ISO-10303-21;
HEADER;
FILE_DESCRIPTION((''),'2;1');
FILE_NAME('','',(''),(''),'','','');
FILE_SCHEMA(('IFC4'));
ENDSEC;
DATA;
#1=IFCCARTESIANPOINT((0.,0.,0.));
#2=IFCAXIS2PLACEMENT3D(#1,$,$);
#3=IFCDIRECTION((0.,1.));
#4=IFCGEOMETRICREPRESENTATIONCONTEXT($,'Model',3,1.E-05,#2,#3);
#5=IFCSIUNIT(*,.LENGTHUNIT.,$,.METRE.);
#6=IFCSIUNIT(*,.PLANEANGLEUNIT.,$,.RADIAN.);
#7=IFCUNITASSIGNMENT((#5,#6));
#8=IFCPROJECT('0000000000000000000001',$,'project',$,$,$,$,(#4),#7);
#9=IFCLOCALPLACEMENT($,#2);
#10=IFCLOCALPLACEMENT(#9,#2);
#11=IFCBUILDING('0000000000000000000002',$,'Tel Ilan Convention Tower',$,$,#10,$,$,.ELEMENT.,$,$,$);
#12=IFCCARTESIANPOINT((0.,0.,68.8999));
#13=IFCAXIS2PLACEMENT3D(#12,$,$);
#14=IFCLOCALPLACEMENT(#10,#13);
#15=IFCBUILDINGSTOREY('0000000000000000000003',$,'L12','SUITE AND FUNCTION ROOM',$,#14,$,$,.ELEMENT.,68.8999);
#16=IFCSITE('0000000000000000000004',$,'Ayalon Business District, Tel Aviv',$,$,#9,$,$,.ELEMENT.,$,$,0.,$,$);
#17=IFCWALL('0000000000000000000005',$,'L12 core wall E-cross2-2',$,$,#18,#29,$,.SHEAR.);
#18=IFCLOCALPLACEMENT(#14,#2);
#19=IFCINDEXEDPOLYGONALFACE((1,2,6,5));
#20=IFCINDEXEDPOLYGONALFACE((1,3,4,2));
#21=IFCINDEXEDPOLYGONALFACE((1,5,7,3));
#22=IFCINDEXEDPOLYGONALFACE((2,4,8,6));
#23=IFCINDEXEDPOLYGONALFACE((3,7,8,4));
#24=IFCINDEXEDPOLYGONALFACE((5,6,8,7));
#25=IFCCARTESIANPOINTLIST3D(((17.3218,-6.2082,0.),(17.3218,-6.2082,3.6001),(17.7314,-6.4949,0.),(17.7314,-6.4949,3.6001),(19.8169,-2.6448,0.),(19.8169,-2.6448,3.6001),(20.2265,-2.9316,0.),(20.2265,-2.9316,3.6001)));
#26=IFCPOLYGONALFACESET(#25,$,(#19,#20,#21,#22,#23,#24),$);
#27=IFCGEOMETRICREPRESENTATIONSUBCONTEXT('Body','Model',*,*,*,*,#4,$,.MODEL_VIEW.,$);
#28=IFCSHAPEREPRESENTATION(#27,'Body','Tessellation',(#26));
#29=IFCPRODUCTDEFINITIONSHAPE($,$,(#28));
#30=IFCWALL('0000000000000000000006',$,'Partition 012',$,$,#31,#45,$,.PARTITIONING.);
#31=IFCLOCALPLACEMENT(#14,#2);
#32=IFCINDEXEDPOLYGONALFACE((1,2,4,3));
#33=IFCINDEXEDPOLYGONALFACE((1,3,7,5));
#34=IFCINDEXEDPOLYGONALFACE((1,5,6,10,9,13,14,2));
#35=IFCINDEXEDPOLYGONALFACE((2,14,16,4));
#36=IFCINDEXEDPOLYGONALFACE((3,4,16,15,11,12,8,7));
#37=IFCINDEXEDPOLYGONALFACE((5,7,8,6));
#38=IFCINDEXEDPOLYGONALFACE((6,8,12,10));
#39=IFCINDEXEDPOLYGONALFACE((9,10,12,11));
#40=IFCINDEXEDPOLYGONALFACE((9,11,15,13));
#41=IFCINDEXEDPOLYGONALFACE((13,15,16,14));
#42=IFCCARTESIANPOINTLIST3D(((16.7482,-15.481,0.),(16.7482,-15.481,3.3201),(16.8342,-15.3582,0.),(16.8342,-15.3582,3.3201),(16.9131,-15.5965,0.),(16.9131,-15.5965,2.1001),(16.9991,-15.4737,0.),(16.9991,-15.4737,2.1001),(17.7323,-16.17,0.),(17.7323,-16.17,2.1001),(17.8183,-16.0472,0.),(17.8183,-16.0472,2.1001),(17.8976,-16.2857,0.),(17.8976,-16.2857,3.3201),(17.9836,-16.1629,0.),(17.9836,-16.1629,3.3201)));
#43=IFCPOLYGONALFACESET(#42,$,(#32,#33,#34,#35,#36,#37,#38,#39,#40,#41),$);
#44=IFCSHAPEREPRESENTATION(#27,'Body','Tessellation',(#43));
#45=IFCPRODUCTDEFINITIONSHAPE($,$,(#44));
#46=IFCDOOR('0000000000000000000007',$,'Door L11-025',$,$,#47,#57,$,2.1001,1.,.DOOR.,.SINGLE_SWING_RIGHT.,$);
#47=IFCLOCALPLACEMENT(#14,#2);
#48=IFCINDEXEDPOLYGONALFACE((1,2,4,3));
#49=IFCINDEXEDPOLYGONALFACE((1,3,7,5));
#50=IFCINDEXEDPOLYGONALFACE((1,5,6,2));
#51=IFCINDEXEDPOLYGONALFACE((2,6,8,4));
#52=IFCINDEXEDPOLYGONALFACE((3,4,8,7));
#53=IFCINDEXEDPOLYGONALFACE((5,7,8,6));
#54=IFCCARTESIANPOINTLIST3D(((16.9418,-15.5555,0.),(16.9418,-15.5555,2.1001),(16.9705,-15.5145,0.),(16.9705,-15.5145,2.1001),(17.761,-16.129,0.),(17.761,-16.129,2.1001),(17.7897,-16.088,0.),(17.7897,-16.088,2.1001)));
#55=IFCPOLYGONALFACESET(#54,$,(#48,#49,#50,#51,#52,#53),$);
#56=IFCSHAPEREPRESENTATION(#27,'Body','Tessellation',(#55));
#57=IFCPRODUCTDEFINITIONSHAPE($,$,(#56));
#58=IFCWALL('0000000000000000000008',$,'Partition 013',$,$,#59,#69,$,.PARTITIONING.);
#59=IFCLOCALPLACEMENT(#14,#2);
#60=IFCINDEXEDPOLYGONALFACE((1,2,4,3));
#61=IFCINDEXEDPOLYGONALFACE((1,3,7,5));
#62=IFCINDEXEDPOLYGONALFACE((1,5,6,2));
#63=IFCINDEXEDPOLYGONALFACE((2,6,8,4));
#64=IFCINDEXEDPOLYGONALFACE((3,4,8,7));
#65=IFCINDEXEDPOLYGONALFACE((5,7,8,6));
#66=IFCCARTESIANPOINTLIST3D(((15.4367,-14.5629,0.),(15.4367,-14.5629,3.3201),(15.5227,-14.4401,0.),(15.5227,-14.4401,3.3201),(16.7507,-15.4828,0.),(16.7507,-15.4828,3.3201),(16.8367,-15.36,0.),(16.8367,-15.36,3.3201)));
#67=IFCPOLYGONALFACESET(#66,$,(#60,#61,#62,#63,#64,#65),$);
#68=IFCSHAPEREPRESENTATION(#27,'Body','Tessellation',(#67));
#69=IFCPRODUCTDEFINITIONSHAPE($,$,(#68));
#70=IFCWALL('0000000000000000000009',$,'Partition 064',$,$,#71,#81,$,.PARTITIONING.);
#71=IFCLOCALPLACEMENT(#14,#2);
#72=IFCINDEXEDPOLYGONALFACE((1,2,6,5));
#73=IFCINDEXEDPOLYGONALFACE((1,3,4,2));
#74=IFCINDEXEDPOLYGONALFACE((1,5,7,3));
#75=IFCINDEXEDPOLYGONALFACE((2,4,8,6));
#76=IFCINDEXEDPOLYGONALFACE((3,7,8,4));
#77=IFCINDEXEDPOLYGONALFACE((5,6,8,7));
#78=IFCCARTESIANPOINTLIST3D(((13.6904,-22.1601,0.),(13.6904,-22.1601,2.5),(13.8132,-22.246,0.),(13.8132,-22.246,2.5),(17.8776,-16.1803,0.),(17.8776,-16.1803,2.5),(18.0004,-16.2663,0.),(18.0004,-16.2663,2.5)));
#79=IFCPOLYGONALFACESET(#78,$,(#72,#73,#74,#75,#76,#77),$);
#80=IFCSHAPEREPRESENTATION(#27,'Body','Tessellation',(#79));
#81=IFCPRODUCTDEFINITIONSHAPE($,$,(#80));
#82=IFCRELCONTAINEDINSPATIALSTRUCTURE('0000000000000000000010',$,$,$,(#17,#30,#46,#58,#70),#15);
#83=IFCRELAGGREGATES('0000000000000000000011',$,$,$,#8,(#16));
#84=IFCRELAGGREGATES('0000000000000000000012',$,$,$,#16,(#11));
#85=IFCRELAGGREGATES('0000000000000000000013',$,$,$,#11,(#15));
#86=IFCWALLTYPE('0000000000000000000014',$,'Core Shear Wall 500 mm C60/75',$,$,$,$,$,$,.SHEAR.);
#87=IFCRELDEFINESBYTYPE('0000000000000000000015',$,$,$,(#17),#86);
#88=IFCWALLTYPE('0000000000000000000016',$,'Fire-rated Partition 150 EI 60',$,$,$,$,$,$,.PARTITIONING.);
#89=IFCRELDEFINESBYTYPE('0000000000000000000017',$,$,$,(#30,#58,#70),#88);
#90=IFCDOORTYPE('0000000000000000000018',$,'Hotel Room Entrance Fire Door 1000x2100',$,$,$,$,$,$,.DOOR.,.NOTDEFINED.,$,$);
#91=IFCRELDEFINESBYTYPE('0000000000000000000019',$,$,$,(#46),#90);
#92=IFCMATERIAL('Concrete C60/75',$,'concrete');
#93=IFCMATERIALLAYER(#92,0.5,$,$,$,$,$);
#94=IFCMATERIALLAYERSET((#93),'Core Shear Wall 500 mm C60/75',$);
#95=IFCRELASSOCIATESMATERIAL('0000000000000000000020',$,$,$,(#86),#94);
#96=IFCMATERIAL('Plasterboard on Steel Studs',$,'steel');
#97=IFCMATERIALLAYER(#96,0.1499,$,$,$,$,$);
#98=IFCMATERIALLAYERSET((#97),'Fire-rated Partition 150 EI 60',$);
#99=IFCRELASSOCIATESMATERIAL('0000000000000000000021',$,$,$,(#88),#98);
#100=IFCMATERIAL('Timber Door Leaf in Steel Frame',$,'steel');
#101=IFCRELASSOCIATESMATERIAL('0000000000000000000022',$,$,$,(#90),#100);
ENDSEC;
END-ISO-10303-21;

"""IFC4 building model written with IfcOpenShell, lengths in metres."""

from ifc_helpers import new_model, si_unit, direction, frame, frame_2d, origin, place, context, subcontext, project, spatial, polyline, rectangle, outline, extrude, material, layer, layer_set, type_object, element, fill, save


model = new_model("IFC4")

# Units and contexts
model_context = context("Model", 3, precision=1e-05, world=origin(), true_north=direction((0.0, 1.0)))
body_context = subcontext(model_context, "Body", "Model", "MODEL_VIEW")
ifc_project = project(units=[si_unit("LENGTHUNIT", "METRE"), si_unit("PLANEANGLEUNIT", "RADIAN")], contexts=[model_context])

# Site, building, storey
site_placement = place(None, origin())
site = spatial("IfcSite", under=ifc_project, at=site_placement, Name="Ayalon Business District, Tel Aviv", CompositionType="ELEMENT", RefElevation=0.0)
building_placement = place(site_placement, origin())
building = spatial("IfcBuilding", under=site, at=building_placement, Name="Tel Ilan Convention Tower", CompositionType="ELEMENT")
storey_placement = place(building_placement, frame((0.0, 0.0, 68.8999)))
storey = spatial("IfcBuildingStorey", under=building, at=storey_placement, Name="L12", Description="SUITE AND FUNCTION ROOM", CompositionType="ELEMENT", Elevation=68.8999)

# Wall
ifc_material_1 = material(Name="Concrete C60/75", Category="concrete")
ifc_layer_1 = layer(ifc_material_1, 0.5)
ifc_layer_set_1 = layer_set([ifc_layer_1], Name="Core Shear Wall 500 mm C60/75")
wall_type_1 = type_object("IfcWallType", Name="Core Shear Wall 500 mm C60/75", PredefinedType="SHEAR", material=ifc_layer_set_1)
wall_1_placement = place(storey_placement, frame((17.5266, -6.3516, 0.0), z_axis=(0.0, 0.0, 1.0), x_axis=(0.57353, 0.819184, 0.0)))
element("IfcWall", 1, at=wall_1_placement, inside=storey, type_object=wall_type_1, Name="L12 core wall E-cross2-2", PredefinedType="SHEAR", context=body_context, shape_type="SweptSolid", body=[
    extrude(outline(polyline([(4.3501, -0.2502), (4.3501, 0.2498), (0.0, 0.25), (0.0, -0.25), (4.3501, -0.2502)])), origin(), (0.0, 0.0, 1.0), 3.6001),
])

# Wall, opening, door
ifc_material_2 = material(Name="Plasterboard on Steel Studs", Category="steel")
ifc_layer_2 = layer(ifc_material_2, 0.1499)
ifc_layer_set_2 = layer_set([ifc_layer_2], Name="Fire-rated Partition 150 EI 60")
wall_type_2 = type_object("IfcWallType", Name="Fire-rated Partition 150 EI 60", PredefinedType="PARTITIONING", material=ifc_layer_set_2)
wall_2_placement = place(storey_placement, frame((17.9407, -16.2244, 0.0), z_axis=(0.0, 0.0, 1.0), x_axis=(-0.819199, 0.573509, 0.0)))
wall_2 = element("IfcWall", 2, at=wall_2_placement, inside=storey, type_object=wall_type_2, Name="Partition 012", PredefinedType="PARTITIONING", context=body_context, shape_type="SweptSolid", body=[
    extrude(rectangle(XDim=1.4031, YDim=0.1499, at=frame_2d((0.7017, 0.0))), origin(), (0.0, 0.0, 1.0), 3.3201),
])
opening_1_placement = place(wall_2_placement, frame((0.2019, 0.0, 0.0)))
opening_1 = element("IfcOpeningElement", 3, at=opening_1_placement, cuts=wall_2, PredefinedType="OPENING", context=body_context, shape_type="SweptSolid", body=[
    extrude(rectangle(XDim=1.0, YDim=2.1001, at=frame_2d((0.5, 1.05))), frame((0.0, 0.085, 0.0), z_axis=(0.0, -1.0, 0.0), x_axis=(1.0, 0.0, 0.0)), (0.0, 0.0, 1.0), 0.1699),
])
ifc_material_3 = material(Name="Timber Door Leaf in Steel Frame", Category="steel")
door_type_1 = type_object("IfcDoorType", Name="Hotel Room Entrance Fire Door 1000x2100", OperationType="NOTDEFINED", PredefinedType="DOOR", material=ifc_material_3)
door_1_placement = place(opening_1_placement, origin())
door_1 = element("IfcDoor", 4, at=door_1_placement, inside=storey, type_object=door_type_1, Name="Door L11-025", OperationType="SINGLE_SWING_RIGHT", OverallHeight=2.1001, OverallWidth=1.0, PredefinedType="DOOR", context=body_context, shape_type="SweptSolid", body=[
    extrude(rectangle(XDim=1.0, YDim=2.1001, at=frame_2d((0.5, 1.05))), frame((0.0, 0.0249, 0.0), z_axis=(0.0, -1.0, 0.0), x_axis=(1.0, 0.0, 0.0)), (0.0, 0.0, 1.0), 0.05),
])
fill(opening_1, door_1)

# Walls
wall_3_placement = place(storey_placement, frame((16.7937, -15.4214, 0.0), z_axis=(0.0, 0.0, 1.0), x_axis=(-0.819189, 0.573524, 0.0)))
element("IfcWall", 5, at=wall_3_placement, inside=storey, type_object=wall_type_2, Name="Partition 013", PredefinedType="PARTITIONING", context=body_context, shape_type="SweptSolid", body=[
    extrude(rectangle(XDim=1.604, YDim=0.1499, at=frame_2d((0.802, 0.0))), origin(), (0.0, 0.0, 1.0), 3.3201),
])
wall_4_placement = place(storey_placement, frame((17.939, -16.2234, 0.0), z_axis=(0.0, 0.0, 1.0), x_axis=(-0.573595, -0.819139, 0.0)))
element("IfcWall", 6, at=wall_4_placement, inside=storey, type_object=wall_type_2, Name="Partition 064", PredefinedType="PARTITIONING", context=body_context, shape_type="SweptSolid", body=[
    extrude(rectangle(XDim=7.3, YDim=0.1499, at=frame_2d((3.6499, 0.0))), origin(), (0.0, 0.0, 1.0), 2.5),
])

save(model, "model.ifc")
